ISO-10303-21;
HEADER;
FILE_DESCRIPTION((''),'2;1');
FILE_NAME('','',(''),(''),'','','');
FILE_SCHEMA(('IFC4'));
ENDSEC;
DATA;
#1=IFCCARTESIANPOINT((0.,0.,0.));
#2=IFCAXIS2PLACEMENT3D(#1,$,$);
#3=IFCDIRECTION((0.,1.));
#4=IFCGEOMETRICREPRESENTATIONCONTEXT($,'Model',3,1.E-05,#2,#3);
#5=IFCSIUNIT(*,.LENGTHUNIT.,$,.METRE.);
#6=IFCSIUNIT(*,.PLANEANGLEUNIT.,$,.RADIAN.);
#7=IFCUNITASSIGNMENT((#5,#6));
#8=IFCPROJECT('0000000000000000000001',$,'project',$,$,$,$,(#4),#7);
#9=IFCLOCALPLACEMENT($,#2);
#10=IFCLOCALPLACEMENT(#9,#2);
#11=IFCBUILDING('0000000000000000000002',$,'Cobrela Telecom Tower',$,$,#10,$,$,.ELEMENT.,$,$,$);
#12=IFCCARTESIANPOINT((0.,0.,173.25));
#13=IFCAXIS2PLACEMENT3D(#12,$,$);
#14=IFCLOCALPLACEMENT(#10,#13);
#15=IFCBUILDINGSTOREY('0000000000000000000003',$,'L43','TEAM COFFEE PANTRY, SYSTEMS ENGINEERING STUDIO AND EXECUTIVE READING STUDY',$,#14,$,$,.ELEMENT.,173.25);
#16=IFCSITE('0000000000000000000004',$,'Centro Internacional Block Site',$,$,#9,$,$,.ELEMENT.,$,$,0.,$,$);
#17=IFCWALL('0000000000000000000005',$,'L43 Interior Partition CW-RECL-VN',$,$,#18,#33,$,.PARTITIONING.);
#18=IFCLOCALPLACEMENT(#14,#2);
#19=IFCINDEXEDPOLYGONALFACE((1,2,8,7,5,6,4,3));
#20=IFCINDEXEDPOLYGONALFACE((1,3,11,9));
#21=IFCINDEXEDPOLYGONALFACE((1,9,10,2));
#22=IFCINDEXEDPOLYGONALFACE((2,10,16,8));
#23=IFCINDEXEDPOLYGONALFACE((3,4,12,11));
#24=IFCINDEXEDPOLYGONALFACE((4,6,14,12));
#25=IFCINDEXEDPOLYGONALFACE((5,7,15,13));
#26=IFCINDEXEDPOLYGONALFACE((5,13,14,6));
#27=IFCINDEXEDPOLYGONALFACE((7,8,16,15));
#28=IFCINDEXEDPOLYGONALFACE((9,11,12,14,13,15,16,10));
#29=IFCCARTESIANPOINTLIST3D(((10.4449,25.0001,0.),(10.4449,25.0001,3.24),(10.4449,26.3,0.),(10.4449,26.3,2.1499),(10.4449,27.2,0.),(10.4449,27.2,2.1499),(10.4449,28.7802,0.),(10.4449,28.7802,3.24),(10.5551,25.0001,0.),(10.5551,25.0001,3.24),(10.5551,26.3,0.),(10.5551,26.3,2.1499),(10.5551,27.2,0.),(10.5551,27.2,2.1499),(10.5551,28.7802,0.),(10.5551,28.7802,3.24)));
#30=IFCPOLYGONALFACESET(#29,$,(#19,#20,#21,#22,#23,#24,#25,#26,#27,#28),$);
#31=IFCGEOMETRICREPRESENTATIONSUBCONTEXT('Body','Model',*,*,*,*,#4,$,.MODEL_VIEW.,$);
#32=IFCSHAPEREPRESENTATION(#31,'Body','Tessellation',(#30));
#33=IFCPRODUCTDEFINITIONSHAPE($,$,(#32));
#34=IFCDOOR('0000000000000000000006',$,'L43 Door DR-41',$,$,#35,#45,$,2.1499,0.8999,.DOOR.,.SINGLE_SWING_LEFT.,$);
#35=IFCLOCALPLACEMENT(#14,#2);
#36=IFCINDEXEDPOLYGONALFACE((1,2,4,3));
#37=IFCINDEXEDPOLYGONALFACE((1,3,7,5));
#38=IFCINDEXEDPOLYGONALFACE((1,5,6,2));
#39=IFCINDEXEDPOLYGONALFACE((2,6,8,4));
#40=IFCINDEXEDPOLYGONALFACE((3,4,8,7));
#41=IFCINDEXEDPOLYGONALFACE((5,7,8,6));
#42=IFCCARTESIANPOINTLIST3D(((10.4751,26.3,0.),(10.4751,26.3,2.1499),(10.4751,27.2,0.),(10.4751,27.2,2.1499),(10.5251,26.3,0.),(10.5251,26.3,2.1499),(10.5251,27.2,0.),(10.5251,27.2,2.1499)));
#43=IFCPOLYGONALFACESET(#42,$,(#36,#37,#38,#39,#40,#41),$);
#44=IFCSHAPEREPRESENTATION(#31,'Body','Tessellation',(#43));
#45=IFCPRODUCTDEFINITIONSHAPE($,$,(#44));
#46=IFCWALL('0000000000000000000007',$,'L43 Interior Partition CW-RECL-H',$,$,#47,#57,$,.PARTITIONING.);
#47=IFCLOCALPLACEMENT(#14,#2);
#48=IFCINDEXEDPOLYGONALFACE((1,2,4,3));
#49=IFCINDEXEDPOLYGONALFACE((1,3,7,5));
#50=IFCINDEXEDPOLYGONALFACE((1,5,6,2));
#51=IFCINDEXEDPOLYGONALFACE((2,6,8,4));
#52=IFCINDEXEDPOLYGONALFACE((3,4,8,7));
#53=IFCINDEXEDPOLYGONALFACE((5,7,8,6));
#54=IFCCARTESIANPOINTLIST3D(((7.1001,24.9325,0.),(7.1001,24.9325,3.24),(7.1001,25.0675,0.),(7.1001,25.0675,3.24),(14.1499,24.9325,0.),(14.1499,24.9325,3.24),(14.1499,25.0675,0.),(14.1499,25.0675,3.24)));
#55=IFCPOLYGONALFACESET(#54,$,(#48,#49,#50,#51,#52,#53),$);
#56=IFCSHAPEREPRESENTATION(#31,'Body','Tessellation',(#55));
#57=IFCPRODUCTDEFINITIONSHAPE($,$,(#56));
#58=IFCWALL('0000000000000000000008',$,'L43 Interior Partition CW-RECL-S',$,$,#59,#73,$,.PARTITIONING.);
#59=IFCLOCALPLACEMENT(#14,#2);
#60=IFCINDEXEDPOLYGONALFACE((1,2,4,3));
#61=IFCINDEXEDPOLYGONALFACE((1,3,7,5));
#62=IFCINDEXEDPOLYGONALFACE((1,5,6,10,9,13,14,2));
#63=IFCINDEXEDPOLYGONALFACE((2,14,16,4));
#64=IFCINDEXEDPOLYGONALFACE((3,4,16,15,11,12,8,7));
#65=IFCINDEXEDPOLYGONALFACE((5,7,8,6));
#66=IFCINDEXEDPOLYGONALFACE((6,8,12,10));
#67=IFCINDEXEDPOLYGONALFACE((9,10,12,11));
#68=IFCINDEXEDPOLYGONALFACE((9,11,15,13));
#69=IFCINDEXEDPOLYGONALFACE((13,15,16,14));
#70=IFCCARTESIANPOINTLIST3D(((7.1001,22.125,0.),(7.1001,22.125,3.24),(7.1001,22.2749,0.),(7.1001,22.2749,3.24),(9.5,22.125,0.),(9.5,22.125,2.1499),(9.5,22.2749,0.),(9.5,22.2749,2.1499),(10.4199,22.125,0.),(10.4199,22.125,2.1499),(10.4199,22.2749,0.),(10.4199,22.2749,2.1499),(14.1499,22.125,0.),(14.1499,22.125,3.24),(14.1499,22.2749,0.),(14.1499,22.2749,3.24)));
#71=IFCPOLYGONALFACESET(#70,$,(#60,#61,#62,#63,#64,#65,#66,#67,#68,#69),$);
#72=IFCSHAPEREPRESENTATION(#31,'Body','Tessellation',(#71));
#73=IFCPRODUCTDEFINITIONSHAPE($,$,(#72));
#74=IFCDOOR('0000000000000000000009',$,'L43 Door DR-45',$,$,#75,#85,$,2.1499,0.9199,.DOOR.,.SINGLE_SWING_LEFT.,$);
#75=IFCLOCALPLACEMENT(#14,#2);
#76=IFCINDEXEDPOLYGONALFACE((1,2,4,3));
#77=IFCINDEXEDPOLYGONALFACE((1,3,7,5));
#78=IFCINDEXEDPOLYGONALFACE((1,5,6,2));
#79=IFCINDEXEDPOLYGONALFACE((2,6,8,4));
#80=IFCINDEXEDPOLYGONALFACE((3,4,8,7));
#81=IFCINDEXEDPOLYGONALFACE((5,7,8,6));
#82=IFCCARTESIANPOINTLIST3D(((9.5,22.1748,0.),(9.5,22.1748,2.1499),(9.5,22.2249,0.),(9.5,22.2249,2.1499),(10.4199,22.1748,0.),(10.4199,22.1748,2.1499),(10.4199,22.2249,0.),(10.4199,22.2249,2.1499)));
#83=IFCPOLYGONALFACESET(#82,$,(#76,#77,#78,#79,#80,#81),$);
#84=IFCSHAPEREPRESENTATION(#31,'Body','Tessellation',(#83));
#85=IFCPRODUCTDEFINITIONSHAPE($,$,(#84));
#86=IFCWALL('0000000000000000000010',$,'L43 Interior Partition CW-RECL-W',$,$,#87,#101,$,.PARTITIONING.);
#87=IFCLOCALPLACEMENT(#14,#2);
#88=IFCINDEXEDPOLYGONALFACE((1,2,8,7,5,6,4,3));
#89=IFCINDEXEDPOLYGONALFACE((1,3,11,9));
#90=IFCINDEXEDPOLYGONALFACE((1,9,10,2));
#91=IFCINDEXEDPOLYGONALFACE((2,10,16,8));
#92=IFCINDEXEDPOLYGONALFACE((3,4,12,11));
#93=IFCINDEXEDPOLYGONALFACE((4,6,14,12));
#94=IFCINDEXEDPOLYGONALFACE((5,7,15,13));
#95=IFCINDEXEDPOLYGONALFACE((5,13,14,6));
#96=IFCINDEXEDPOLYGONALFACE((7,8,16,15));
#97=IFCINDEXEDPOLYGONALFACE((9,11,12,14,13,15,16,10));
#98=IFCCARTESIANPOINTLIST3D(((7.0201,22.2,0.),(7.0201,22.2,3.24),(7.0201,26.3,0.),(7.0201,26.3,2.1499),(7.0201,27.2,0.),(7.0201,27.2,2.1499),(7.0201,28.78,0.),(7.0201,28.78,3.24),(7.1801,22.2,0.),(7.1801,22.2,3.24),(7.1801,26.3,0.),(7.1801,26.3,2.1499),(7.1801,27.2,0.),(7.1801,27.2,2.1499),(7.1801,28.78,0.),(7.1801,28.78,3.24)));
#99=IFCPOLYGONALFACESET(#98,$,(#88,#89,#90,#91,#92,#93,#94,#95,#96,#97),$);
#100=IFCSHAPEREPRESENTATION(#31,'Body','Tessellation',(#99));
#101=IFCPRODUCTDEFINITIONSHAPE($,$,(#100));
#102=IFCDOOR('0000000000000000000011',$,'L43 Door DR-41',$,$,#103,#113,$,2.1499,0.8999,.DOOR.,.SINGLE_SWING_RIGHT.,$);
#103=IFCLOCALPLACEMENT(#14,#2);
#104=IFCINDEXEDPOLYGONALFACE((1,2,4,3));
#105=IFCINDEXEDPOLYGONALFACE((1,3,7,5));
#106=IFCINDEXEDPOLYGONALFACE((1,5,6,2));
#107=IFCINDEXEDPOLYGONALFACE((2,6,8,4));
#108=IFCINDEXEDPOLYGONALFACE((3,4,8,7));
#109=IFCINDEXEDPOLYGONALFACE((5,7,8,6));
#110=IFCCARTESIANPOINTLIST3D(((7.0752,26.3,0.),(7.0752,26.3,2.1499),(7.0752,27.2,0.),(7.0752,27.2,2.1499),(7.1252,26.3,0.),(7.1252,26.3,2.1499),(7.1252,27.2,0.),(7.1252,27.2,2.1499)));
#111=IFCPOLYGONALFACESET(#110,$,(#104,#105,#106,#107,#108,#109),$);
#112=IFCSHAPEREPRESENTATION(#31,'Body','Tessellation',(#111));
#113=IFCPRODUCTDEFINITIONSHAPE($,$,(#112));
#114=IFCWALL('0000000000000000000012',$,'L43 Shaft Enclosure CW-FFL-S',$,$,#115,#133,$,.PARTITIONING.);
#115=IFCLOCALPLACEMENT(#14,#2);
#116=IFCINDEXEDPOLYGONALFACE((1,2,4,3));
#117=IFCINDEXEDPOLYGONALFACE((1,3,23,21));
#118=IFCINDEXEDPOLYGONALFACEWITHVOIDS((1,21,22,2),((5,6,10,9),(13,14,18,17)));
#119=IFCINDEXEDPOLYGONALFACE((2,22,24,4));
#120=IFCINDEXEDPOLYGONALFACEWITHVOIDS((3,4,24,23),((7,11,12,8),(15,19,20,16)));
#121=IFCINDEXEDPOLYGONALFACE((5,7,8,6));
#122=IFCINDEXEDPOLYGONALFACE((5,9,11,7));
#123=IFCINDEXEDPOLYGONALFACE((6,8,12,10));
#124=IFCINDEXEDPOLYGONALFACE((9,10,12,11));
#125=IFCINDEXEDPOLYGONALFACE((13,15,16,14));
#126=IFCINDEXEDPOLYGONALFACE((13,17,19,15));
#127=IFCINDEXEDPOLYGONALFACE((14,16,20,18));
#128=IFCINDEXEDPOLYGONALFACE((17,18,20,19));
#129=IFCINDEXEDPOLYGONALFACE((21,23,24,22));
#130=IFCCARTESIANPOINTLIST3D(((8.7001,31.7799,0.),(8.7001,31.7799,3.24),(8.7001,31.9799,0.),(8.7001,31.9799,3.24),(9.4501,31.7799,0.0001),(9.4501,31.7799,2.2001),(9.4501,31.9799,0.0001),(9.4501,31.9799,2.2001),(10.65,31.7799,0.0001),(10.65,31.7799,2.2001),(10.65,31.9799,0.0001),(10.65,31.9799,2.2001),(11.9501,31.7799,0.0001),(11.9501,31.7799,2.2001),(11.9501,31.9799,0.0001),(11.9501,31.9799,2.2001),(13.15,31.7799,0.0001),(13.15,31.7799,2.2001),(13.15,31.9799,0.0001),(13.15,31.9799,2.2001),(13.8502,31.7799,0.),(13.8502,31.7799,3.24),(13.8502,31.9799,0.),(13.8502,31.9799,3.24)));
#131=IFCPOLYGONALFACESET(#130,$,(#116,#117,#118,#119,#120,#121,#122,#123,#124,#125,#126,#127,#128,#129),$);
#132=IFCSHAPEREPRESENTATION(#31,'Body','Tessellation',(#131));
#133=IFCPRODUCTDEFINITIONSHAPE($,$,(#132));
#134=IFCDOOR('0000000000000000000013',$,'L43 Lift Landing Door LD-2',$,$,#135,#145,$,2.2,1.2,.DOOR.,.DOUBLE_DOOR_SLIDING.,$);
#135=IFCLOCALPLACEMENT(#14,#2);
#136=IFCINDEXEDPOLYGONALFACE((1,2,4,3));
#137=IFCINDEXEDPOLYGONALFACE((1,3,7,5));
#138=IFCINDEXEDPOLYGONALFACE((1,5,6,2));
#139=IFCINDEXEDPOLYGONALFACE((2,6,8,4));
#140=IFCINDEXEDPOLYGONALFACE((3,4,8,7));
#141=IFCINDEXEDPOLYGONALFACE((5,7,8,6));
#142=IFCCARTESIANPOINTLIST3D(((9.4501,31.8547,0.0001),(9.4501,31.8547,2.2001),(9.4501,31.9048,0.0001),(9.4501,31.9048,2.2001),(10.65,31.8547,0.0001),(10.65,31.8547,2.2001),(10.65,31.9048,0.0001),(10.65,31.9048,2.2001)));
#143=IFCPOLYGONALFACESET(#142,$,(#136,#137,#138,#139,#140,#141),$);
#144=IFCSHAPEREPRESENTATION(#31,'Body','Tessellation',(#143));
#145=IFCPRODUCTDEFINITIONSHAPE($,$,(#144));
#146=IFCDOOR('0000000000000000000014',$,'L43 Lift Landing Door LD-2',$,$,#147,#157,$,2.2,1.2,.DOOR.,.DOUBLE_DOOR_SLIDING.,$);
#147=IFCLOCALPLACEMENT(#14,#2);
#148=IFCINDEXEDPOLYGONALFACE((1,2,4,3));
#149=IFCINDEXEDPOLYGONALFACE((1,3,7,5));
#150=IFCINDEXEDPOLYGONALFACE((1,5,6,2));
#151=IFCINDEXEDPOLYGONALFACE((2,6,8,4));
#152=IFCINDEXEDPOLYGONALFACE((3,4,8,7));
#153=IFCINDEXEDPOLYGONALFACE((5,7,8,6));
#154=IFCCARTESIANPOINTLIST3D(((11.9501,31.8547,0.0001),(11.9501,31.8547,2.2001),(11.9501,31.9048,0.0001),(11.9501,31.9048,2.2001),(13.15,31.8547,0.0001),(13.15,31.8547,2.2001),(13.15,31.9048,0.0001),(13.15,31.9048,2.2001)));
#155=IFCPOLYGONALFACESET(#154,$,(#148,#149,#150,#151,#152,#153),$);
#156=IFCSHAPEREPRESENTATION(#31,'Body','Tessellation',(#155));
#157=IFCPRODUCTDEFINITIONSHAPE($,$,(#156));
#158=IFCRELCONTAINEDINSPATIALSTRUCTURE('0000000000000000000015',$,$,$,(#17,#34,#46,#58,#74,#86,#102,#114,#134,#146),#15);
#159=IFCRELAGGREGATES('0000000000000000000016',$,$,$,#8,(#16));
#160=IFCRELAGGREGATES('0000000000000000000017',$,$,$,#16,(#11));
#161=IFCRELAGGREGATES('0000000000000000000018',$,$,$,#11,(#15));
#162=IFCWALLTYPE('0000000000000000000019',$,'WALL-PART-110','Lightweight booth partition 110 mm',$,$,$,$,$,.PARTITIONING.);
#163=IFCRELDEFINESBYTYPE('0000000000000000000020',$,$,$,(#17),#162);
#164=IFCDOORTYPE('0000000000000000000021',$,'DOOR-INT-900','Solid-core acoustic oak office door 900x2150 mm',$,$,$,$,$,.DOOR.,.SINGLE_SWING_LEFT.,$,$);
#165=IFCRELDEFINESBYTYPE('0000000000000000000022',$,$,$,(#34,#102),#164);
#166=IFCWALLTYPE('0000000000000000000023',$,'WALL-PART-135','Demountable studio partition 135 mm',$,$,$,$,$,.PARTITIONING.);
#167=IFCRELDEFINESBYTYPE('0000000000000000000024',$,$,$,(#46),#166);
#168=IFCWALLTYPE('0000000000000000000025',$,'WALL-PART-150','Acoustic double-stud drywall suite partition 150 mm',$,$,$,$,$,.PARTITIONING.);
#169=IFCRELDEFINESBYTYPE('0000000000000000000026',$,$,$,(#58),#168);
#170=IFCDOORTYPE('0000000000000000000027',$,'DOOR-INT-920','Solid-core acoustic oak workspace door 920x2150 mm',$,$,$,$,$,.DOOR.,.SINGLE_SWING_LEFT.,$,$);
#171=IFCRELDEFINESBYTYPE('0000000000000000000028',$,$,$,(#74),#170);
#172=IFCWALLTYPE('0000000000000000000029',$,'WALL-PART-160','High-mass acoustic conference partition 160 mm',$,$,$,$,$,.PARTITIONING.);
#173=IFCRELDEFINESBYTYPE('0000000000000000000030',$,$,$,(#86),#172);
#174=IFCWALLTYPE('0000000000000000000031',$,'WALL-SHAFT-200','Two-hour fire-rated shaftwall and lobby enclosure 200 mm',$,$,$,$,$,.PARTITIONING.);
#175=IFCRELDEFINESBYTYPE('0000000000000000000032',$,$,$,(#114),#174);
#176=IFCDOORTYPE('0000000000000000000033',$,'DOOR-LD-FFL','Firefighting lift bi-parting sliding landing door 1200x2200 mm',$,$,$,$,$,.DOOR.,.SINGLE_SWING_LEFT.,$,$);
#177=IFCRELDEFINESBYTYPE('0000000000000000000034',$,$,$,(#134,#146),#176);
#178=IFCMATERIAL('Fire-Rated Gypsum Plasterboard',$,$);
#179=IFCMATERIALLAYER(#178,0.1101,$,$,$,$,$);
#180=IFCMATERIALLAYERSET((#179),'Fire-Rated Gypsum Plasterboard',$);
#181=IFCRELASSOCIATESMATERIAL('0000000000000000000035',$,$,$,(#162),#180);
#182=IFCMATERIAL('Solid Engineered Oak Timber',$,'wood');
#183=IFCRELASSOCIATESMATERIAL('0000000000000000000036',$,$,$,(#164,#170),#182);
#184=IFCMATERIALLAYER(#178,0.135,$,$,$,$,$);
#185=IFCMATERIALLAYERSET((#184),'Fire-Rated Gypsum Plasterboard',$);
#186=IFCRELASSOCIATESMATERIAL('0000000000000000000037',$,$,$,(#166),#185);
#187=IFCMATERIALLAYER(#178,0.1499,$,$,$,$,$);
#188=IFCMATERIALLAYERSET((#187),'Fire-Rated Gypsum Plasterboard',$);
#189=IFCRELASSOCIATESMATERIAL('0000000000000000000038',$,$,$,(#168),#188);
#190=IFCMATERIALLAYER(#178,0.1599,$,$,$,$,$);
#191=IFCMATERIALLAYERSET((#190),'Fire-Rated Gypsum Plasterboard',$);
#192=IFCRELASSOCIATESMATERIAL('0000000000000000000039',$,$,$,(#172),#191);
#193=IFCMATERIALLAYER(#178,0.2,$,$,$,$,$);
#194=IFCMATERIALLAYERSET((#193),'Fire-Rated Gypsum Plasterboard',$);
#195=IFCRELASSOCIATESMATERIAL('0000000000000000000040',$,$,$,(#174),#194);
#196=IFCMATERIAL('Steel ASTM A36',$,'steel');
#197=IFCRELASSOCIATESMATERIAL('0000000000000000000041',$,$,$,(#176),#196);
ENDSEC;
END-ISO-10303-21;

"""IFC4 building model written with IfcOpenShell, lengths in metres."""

from ifc_helpers import new_model, si_unit, direction, frame, frame_2d, origin, place, context, subcontext, project, spatial, rectangle, extrude, material, layer, layer_set, type_object, element, fill, save


model = new_model("IFC4")

# Units and contexts
model_context = context("Model", 3, precision=1e-05, world=origin(), true_north=direction((0.0, 1.0)))
body_context = subcontext(model_context, "Body", "Model", "MODEL_VIEW")
ifc_project = project(units=[si_unit("LENGTHUNIT", "METRE"), si_unit("PLANEANGLEUNIT", "RADIAN")], contexts=[model_context])

# Site, building, storey
site_placement = place(None, origin())
site = spatial("IfcSite", under=ifc_project, at=site_placement, Name="Centro Internacional Block Site", CompositionType="ELEMENT", RefElevation=0.0)
building_placement = place(site_placement, origin())
building = spatial("IfcBuilding", under=site, at=building_placement, Name="Cobrela Telecom Tower", CompositionType="ELEMENT")
storey_placement = place(building_placement, frame((0.0, 0.0, 173.25)))
storey = spatial("IfcBuildingStorey", under=building, at=storey_placement, Name="L43", Description="TEAM COFFEE PANTRY, SYSTEMS ENGINEERING STUDIO AND EXECUTIVE READING STUDY", CompositionType="ELEMENT", Elevation=173.25)

# Shared definitions
ifc_material_1 = material(Name="Steel ASTM A36", Category="steel")

# Wall, opening, door
ifc_material_2 = material(Name="Fire-Rated Gypsum Plasterboard")
ifc_layer_1 = layer(ifc_material_2, 0.1101)
ifc_layer_set_1 = layer_set([ifc_layer_1], Name="Fire-Rated Gypsum Plasterboard")
wall_type_1 = type_object("IfcWallType", Name="WALL-PART-110", Description="Lightweight booth partition 110 mm", PredefinedType="PARTITIONING", material=ifc_layer_set_1)
wall_1_placement = place(storey_placement, frame((10.5, 25.0, 0.0), z_axis=(0.0, 0.0, 1.0), x_axis=(0.0, 1.0, 0.0)))
wall_1 = element("IfcWall", 1, at=wall_1_placement, inside=storey, type_object=wall_type_1, Name="L43 Interior Partition CW-RECL-VN", PredefinedType="PARTITIONING", context=body_context, shape_type="SweptSolid", body=[
    extrude(rectangle(XDim=3.78, YDim=0.1101, at=frame_2d((1.8901, 0.0))), origin(), (0.0, 0.0, 1.0), 3.24),
])
opening_1_placement = place(wall_1_placement, frame((1.3, 0.0, 0.0)))
opening_1 = element("IfcOpeningElement", 2, at=opening_1_placement, cuts=wall_1, PredefinedType="OPENING", context=body_context, shape_type="SweptSolid", body=[
    extrude(rectangle(XDim=0.8999, YDim=2.1499, at=frame_2d((0.45, 1.075))), frame((0.0, 0.0669, 0.0), z_axis=(0.0, -1.0, 0.0), x_axis=(1.0, 0.0, 0.0)), (0.0, 0.0, 1.0), 0.134),
])
ifc_material_3 = material(Name="Solid Engineered Oak Timber", Category="wood")
door_type_1 = type_object("IfcDoorType", Name="DOOR-INT-900", Description="Solid-core acoustic oak office door 900x2150 mm", OperationType="SINGLE_SWING_LEFT", PredefinedType="DOOR", material=ifc_material_3)
door_1_placement = place(opening_1_placement, origin())
door_1 = element("IfcDoor", 3, at=door_1_placement, inside=storey, type_object=door_type_1, Name="L43 Door DR-41", OperationType="SINGLE_SWING_LEFT", OverallHeight=2.1499, OverallWidth=0.8999, PredefinedType="DOOR", context=body_context, shape_type="SweptSolid", body=[
    extrude(rectangle(XDim=0.8999, YDim=2.1499, at=frame_2d((0.45, 1.075))), frame((0.0, 0.0249, 0.0), z_axis=(0.0, -1.0, 0.0), x_axis=(1.0, 0.0, 0.0)), (0.0, 0.0, 1.0), 0.05),
])
fill(opening_1, door_1)

# Wall
ifc_layer_2 = layer(ifc_material_2, 0.135)
ifc_layer_set_2 = layer_set([ifc_layer_2], Name="Fire-Rated Gypsum Plasterboard")
wall_type_2 = type_object("IfcWallType", Name="WALL-PART-135", Description="Demountable studio partition 135 mm", PredefinedType="PARTITIONING", material=ifc_layer_set_2)
wall_2_placement = place(storey_placement, frame((7.1001, 25.0, 0.0), z_axis=(0.0, 0.0, 1.0), x_axis=(1.0, 0.0, 0.0)))
element("IfcWall", 4, at=wall_2_placement, inside=storey, type_object=wall_type_2, Name="L43 Interior Partition CW-RECL-H", PredefinedType="PARTITIONING", context=body_context, shape_type="SweptSolid", body=[
    extrude(rectangle(XDim=7.0498, YDim=0.135, at=frame_2d((3.5249, 0.0))), origin(), (0.0, 0.0, 1.0), 3.24),
])

# Walls, openings, doors
ifc_layer_3 = layer(ifc_material_2, 0.1499)
ifc_layer_set_3 = layer_set([ifc_layer_3], Name="Fire-Rated Gypsum Plasterboard")
wall_type_3 = type_object("IfcWallType", Name="WALL-PART-150", Description="Acoustic double-stud drywall suite partition 150 mm", PredefinedType="PARTITIONING", material=ifc_layer_set_3)
wall_3_placement = place(storey_placement, frame((7.1001, 22.2, 0.0), z_axis=(0.0, 0.0, 1.0), x_axis=(1.0, 0.0, 0.0)))
wall_3 = element("IfcWall", 5, at=wall_3_placement, inside=storey, type_object=wall_type_3, Name="L43 Interior Partition CW-RECL-S", PredefinedType="PARTITIONING", context=body_context, shape_type="SweptSolid", body=[
    extrude(rectangle(XDim=7.0498, YDim=0.1499, at=frame_2d((3.5249, 0.0))), origin(), (0.0, 0.0, 1.0), 3.24),
])
opening_2_placement = place(wall_3_placement, frame((2.3999, 0.0, 0.0)))
opening_2 = element("IfcOpeningElement", 6, at=opening_2_placement, cuts=wall_3, PredefinedType="OPENING", context=body_context, shape_type="SweptSolid", body=[
    extrude(rectangle(XDim=0.9199, YDim=2.1499, at=frame_2d((0.46, 1.075))), frame((0.0, 0.0869, 0.0), z_axis=(0.0, -1.0, 0.0), x_axis=(1.0, 0.0, 0.0)), (0.0, 0.0, 1.0), 0.1738),
])
door_type_2 = type_object("IfcDoorType", Name="DOOR-INT-920", Description="Solid-core acoustic oak workspace door 920x2150 mm", OperationType="SINGLE_SWING_LEFT", PredefinedType="DOOR", material=ifc_material_3)
door_2_placement = place(opening_2_placement, origin())
door_2 = element("IfcDoor", 7, at=door_2_placement, inside=storey, type_object=door_type_2, Name="L43 Door DR-45", OperationType="SINGLE_SWING_LEFT", OverallHeight=2.1499, OverallWidth=0.9199, PredefinedType="DOOR", context=body_context, shape_type="SweptSolid", body=[
    extrude(rectangle(XDim=0.9199, YDim=2.1499, at=frame_2d((0.46, 1.075))), frame((0.0, 0.0249, 0.0), z_axis=(0.0, -1.0, 0.0), x_axis=(1.0, 0.0, 0.0)), (0.0, 0.0, 1.0), 0.05),
])
fill(opening_2, door_2)
ifc_layer_4 = layer(ifc_material_2, 0.1599)
ifc_layer_set_4 = layer_set([ifc_layer_4], Name="Fire-Rated Gypsum Plasterboard")
wall_type_4 = type_object("IfcWallType", Name="WALL-PART-160", Description="High-mass acoustic conference partition 160 mm", PredefinedType="PARTITIONING", material=ifc_layer_set_4)
wall_4_placement = place(storey_placement, frame((7.1001, 22.2, 0.0), z_axis=(0.0, 0.0, 1.0), x_axis=(0.0, 1.0, 0.0)))
wall_4 = element("IfcWall", 8, at=wall_4_placement, inside=storey, type_object=wall_type_4, Name="L43 Interior Partition CW-RECL-W", PredefinedType="PARTITIONING", context=body_context, shape_type="SweptSolid", body=[
    extrude(rectangle(XDim=6.5801, YDim=0.1599, at=frame_2d((3.29, 0.0))), origin(), (0.0, 0.0, 1.0), 3.24),
])
opening_3_placement = place(wall_4_placement, frame((4.1001, 0.0, 0.0)))
opening_3 = element("IfcOpeningElement", 9, at=opening_3_placement, cuts=wall_4, PredefinedType="OPENING", context=body_context, shape_type="SweptSolid", body=[
    extrude(rectangle(XDim=0.8999, YDim=2.1499, at=frame_2d((0.45, 1.075))), frame((0.0, 0.0918, 0.0), z_axis=(0.0, -1.0, 0.0), x_axis=(1.0, 0.0, 0.0)), (0.0, 0.0, 1.0), 0.1838),
])
door_3_placement = place(opening_3_placement, origin())
door_3 = element("IfcDoor", 10, at=door_3_placement, inside=storey, type_object=door_type_1, Name="L43 Door DR-41", OperationType="SINGLE_SWING_RIGHT", OverallHeight=2.1499, OverallWidth=0.8999, PredefinedType="DOOR", context=body_context, shape_type="SweptSolid", body=[
    extrude(rectangle(XDim=0.8999, YDim=2.1499, at=frame_2d((0.45, 1.075))), frame((0.0, 0.0249, 0.0), z_axis=(0.0, -1.0, 0.0), x_axis=(1.0, 0.0, 0.0)), (0.0, 0.0, 1.0), 0.05),
])
fill(opening_3, door_3)

# Wall, openings, doors
ifc_layer_5 = layer(ifc_material_2, 0.2)
ifc_layer_set_5 = layer_set([ifc_layer_5], Name="Fire-Rated Gypsum Plasterboard")
wall_type_5 = type_object("IfcWallType", Name="WALL-SHAFT-200", Description="Two-hour fire-rated shaftwall and lobby enclosure 200 mm", PredefinedType="PARTITIONING", material=ifc_layer_set_5)
wall_5_placement = place(storey_placement, frame((8.7, 31.8799, 0.0), z_axis=(0.0, 0.0, 1.0), x_axis=(1.0, 0.0, 0.0)))
wall_5 = element("IfcWall", 11, at=wall_5_placement, inside=storey, type_object=wall_type_5, Name="L43 Shaft Enclosure CW-FFL-S", PredefinedType="PARTITIONING", context=body_context, shape_type="SweptSolid", body=[
    extrude(rectangle(XDim=5.1501, YDim=0.2, at=frame_2d((2.5752, 0.0))), origin(), (0.0, 0.0, 1.0), 3.24),
])
opening_4_placement = place(wall_5_placement, frame((0.75, 0.0, 0.0)))
opening_4 = element("IfcOpeningElement", 12, at=opening_4_placement, cuts=wall_5, PredefinedType="OPENING", context=body_context, shape_type="SweptSolid", body=[
    extrude(rectangle(XDim=1.2, YDim=2.2, at=frame_2d((0.6001, 1.1001))), frame((0.0, 0.1118, 0.0), z_axis=(0.0, -1.0, 0.0), x_axis=(1.0, 0.0, 0.0)), (0.0, 0.0, 1.0), 0.2239),
])
opening_5_placement = place(wall_5_placement, frame((3.25, 0.0, 0.0)))
opening_5 = element("IfcOpeningElement", 13, at=opening_5_placement, cuts=wall_5, PredefinedType="OPENING", context=body_context, shape_type="SweptSolid", body=[
    extrude(rectangle(XDim=1.2, YDim=2.2, at=frame_2d((0.6001, 1.1001))), frame((0.0, 0.1118, 0.0), z_axis=(0.0, -1.0, 0.0), x_axis=(1.0, 0.0, 0.0)), (0.0, 0.0, 1.0), 0.2239),
])
door_type_3 = type_object("IfcDoorType", Name="DOOR-LD-FFL", Description="Firefighting lift bi-parting sliding landing door 1200x2200 mm", OperationType="SINGLE_SWING_LEFT", PredefinedType="DOOR", material=ifc_material_1)
door_4_placement = place(opening_4_placement, origin())
door_4 = element("IfcDoor", 14, at=door_4_placement, inside=storey, type_object=door_type_3, Name="L43 Lift Landing Door LD-2", OperationType="DOUBLE_DOOR_SLIDING", OverallHeight=2.2, OverallWidth=1.2, PredefinedType="DOOR", context=body_context, shape_type="SweptSolid", body=[
    extrude(rectangle(XDim=1.2, YDim=2.2, at=frame_2d((0.6001, 1.1001))), frame((0.0, 0.0249, 0.0), z_axis=(0.0, -1.0, 0.0), x_axis=(1.0, 0.0, 0.0)), (0.0, 0.0, 1.0), 0.05),
])
fill(opening_4, door_4)
door_5_placement = place(opening_5_placement, origin())
door_5 = element("IfcDoor", 15, at=door_5_placement, inside=storey, type_object=door_type_3, Name="L43 Lift Landing Door LD-2", OperationType="DOUBLE_DOOR_SLIDING", OverallHeight=2.2, OverallWidth=1.2, PredefinedType="DOOR", context=body_context, shape_type="SweptSolid", body=[
    extrude(rectangle(XDim=1.2, YDim=2.2, at=frame_2d((0.6001, 1.1001))), frame((0.0, 0.0249, 0.0), z_axis=(0.0, -1.0, 0.0), x_axis=(1.0, 0.0, 0.0)), (0.0, 0.0, 1.0), 0.05),
])
fill(opening_5, door_5)

save(model, "model.ifc")
